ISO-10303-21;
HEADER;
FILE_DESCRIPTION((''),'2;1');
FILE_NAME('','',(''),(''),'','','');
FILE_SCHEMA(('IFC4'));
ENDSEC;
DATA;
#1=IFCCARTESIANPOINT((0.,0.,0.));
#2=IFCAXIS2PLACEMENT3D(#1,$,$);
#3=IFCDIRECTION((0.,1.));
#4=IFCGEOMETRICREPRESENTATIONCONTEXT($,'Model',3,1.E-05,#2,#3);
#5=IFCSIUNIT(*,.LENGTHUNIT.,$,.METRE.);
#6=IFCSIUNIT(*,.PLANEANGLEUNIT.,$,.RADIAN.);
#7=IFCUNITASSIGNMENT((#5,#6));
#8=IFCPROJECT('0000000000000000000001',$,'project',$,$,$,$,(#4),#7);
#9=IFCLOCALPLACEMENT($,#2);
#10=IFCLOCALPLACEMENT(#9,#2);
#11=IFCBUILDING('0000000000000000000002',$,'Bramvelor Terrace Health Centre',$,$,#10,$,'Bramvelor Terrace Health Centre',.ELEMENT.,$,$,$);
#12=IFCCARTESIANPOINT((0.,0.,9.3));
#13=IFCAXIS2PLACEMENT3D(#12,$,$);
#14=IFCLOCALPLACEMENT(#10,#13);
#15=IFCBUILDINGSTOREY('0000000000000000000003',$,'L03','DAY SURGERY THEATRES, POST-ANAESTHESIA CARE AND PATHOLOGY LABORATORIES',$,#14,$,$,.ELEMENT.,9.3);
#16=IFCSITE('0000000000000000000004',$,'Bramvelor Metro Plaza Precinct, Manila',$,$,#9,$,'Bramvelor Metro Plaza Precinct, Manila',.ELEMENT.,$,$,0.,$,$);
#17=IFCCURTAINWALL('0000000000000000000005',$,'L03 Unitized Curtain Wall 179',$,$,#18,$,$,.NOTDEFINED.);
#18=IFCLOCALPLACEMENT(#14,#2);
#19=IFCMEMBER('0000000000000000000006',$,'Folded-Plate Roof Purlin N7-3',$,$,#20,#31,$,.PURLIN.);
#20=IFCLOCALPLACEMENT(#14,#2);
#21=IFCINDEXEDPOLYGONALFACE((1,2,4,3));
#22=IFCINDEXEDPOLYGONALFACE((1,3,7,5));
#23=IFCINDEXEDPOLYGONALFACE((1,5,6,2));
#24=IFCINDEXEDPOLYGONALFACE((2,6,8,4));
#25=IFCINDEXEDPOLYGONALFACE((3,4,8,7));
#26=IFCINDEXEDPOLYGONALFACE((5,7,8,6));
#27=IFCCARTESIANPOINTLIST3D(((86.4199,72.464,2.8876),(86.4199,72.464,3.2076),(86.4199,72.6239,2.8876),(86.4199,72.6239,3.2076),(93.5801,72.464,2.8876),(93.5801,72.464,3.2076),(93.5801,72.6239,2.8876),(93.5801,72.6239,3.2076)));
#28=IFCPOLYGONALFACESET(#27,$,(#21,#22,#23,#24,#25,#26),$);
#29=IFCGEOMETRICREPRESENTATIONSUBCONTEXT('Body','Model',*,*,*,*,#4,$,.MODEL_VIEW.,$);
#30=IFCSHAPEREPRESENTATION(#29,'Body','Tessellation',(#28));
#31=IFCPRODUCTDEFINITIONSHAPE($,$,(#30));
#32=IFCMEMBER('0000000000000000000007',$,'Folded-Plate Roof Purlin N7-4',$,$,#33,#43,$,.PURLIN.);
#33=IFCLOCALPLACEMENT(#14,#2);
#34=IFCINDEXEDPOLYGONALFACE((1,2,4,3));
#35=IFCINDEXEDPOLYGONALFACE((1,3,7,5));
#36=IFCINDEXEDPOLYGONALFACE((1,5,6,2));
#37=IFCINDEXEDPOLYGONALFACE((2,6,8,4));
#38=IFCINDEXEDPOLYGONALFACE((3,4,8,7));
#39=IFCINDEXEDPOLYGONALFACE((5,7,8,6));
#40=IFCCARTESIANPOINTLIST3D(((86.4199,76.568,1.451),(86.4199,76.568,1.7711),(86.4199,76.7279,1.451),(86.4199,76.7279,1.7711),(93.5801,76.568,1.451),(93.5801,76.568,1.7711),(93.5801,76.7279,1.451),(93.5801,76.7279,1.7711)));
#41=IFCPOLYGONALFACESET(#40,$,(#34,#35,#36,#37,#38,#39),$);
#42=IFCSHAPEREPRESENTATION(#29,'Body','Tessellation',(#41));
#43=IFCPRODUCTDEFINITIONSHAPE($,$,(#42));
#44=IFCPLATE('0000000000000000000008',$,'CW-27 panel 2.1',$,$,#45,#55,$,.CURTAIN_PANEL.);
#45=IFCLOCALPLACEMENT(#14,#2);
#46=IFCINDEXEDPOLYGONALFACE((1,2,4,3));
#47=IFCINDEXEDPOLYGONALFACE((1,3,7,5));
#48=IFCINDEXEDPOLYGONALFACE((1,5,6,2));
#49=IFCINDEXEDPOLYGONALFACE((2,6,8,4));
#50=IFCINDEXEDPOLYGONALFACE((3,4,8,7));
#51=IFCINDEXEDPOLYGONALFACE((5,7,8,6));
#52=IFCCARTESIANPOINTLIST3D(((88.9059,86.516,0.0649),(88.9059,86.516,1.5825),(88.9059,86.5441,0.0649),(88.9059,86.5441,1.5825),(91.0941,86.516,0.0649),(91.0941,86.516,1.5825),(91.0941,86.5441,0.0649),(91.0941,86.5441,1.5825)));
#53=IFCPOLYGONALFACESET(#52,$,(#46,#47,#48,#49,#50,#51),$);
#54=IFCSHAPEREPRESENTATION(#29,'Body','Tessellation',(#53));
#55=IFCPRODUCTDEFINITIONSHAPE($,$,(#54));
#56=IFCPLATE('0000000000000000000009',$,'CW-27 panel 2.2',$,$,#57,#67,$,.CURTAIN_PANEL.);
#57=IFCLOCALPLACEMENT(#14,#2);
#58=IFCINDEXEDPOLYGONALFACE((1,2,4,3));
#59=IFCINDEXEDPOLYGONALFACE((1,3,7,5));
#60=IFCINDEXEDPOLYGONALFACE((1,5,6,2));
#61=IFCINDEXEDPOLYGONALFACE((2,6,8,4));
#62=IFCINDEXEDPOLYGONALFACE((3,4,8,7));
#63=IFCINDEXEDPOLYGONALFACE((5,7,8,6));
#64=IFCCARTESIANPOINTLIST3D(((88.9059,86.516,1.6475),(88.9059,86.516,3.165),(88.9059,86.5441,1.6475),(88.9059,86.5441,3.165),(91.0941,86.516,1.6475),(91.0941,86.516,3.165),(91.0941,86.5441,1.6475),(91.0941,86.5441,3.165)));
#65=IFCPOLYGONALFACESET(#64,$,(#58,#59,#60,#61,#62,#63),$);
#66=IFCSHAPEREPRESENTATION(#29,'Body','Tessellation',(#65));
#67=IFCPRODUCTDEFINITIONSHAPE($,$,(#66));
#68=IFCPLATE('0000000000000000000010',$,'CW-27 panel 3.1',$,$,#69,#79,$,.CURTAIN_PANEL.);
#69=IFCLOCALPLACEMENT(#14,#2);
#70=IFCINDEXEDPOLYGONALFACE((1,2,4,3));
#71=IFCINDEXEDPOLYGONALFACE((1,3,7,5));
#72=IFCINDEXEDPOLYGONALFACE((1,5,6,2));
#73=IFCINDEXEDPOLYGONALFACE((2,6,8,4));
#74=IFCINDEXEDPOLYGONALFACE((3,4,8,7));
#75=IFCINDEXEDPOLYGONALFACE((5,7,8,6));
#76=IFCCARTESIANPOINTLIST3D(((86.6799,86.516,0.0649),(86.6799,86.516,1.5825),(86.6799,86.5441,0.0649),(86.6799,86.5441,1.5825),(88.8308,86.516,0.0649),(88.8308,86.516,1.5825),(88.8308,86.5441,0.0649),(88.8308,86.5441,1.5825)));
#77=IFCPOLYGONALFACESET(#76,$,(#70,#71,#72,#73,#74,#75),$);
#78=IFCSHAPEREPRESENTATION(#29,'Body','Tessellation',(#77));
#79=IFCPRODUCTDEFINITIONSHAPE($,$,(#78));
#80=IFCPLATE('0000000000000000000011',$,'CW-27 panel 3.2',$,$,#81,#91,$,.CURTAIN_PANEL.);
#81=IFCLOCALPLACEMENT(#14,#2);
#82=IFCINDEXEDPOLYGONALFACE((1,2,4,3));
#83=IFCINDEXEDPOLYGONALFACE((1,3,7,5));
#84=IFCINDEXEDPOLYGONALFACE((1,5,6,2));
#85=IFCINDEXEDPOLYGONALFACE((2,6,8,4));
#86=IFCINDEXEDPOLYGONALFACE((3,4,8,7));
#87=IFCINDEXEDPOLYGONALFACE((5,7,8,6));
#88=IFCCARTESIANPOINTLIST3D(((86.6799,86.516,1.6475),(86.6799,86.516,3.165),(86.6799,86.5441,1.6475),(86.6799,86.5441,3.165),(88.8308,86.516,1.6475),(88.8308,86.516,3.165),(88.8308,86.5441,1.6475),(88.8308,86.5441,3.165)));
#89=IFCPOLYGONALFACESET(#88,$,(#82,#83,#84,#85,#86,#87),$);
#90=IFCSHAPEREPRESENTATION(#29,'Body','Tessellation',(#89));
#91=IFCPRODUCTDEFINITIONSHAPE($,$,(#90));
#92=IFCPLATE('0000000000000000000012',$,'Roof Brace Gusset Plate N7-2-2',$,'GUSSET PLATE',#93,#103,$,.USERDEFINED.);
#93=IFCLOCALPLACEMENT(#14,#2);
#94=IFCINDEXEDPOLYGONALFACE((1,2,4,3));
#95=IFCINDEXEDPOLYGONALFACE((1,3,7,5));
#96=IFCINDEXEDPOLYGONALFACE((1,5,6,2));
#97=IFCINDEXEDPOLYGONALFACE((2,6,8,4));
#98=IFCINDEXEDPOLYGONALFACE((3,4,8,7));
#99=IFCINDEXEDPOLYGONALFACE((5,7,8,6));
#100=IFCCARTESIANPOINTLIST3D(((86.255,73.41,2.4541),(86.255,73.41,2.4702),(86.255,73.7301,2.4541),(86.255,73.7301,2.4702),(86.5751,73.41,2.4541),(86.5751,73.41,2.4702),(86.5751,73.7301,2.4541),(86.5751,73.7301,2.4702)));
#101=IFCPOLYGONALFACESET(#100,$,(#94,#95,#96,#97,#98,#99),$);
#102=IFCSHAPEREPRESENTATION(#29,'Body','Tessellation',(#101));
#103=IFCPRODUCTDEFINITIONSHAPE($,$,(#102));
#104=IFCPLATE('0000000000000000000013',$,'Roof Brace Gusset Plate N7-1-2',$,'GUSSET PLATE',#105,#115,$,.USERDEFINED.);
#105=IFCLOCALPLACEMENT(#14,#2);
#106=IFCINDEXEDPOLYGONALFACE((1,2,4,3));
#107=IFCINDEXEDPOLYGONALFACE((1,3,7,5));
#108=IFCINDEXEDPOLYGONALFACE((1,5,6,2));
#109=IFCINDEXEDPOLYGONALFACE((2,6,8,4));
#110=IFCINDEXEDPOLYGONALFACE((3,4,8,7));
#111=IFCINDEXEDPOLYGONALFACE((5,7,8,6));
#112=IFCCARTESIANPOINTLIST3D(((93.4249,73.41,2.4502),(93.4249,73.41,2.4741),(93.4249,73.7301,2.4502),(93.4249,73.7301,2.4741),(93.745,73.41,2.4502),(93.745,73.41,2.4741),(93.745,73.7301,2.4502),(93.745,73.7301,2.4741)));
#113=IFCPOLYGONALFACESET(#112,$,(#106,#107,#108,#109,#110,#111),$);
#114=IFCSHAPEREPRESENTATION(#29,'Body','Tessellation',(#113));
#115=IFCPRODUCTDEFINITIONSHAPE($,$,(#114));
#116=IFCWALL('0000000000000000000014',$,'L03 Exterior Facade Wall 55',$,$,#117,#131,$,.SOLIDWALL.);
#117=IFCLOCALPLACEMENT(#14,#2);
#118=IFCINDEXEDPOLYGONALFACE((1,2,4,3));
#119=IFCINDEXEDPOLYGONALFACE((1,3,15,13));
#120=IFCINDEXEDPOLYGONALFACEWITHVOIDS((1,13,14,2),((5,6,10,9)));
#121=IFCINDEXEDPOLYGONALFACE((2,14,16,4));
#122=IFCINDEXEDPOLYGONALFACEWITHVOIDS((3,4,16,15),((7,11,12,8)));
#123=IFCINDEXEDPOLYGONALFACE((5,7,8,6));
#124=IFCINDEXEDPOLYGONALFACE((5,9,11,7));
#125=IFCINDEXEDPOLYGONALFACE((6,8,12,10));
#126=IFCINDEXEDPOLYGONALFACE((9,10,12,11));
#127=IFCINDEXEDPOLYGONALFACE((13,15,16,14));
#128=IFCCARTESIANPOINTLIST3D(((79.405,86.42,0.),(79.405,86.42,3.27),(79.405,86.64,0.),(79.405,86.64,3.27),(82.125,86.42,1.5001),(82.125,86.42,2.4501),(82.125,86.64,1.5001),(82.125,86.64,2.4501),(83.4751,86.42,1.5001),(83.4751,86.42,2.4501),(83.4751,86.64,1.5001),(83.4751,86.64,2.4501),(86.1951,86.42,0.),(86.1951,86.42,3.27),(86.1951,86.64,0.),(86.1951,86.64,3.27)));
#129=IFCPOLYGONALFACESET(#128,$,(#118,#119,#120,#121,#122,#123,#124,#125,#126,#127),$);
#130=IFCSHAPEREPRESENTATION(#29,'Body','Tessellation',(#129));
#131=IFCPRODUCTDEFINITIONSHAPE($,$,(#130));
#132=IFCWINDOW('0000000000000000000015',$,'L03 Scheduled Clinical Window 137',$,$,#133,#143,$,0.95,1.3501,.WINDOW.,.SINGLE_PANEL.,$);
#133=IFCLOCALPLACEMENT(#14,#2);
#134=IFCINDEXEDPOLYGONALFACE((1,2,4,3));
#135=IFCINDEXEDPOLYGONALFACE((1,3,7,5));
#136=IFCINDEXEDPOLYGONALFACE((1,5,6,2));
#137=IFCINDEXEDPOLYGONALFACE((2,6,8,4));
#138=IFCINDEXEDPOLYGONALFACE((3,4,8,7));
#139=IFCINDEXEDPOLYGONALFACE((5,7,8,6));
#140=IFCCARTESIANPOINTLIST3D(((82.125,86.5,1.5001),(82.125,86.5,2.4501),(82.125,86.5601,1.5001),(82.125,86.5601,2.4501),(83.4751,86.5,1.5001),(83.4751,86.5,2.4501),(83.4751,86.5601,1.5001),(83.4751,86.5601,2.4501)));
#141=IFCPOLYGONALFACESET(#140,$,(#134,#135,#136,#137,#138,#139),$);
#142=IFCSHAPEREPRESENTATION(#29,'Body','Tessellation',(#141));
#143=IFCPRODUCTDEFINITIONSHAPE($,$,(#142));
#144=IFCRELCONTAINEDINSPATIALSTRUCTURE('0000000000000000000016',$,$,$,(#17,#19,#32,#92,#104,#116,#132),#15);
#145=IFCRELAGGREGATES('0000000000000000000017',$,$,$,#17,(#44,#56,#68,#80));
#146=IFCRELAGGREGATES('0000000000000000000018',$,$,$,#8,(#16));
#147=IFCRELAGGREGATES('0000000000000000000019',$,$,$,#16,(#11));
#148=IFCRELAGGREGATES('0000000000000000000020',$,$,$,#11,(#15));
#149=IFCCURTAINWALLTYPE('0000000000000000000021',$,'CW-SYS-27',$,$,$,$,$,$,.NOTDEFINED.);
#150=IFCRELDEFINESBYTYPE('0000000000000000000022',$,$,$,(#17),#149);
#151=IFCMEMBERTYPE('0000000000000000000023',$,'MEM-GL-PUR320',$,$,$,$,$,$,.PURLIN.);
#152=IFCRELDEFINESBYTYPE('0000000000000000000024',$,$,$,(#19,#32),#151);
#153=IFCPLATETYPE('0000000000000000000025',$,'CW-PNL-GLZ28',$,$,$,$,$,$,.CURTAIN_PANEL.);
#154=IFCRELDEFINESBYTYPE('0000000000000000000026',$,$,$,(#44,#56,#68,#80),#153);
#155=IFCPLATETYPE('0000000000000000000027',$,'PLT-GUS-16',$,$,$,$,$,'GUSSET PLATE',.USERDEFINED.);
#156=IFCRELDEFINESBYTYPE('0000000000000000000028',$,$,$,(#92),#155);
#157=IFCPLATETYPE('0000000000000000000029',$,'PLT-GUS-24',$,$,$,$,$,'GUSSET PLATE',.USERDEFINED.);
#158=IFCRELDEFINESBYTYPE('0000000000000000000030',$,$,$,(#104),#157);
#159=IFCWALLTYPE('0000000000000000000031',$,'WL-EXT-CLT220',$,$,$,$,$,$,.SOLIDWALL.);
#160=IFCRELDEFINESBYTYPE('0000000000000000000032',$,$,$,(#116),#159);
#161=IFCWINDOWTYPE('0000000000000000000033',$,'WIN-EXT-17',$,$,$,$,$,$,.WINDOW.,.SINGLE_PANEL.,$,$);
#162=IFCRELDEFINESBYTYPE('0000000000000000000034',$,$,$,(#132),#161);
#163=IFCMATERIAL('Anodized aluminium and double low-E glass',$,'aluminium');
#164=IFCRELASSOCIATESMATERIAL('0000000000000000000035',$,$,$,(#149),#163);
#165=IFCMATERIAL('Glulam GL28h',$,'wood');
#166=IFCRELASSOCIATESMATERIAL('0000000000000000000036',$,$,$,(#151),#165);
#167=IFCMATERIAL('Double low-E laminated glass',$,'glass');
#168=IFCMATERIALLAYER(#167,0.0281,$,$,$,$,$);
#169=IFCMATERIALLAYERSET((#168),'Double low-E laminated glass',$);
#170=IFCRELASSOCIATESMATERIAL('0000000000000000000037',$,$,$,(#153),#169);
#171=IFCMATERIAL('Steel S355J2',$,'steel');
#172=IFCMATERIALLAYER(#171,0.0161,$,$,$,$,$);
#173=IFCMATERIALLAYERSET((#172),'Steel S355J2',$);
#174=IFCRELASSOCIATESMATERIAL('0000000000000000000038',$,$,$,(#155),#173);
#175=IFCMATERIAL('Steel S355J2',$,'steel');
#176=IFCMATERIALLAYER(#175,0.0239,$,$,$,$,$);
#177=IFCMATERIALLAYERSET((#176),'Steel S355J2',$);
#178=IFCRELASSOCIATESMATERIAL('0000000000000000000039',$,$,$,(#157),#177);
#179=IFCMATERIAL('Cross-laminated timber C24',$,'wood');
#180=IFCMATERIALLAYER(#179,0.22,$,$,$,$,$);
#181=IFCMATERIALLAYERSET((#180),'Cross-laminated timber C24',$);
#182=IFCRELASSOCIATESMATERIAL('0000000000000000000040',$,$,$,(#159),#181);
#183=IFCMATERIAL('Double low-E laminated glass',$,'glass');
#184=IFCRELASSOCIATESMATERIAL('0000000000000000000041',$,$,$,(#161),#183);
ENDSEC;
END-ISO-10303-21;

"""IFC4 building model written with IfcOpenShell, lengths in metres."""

from ifc_helpers import new_model, si_unit, direction, frame, frame_2d, origin, origin_2d, place, context, subcontext, project, spatial, rectangle, extrude, material, layer, layer_set, material_profile, profile_set, type_object, element, fill, aggregate, save


model = new_model("IFC4")

# Units and contexts
model_context = context("Model", 3, precision=1e-05, world=origin(), true_north=direction((0.0, 1.0)))
body_context = subcontext(model_context, "Body", "Model", "MODEL_VIEW")
ifc_project = project(units=[si_unit("LENGTHUNIT", "METRE"), si_unit("PLANEANGLEUNIT", "RADIAN")], contexts=[model_context])

# Site, building, storey
site_placement = place(None, origin())
site = spatial("IfcSite", under=ifc_project, at=site_placement, Name="Bramvelor Metro Plaza Precinct, Manila", LongName="Bramvelor Metro Plaza Precinct, Manila", CompositionType="ELEMENT", RefElevation=0.0)
building_placement = place(site_placement, origin())
building = spatial("IfcBuilding", under=site, at=building_placement, Name="Bramvelor Terrace Health Centre", LongName="Bramvelor Terrace Health Centre", CompositionType="ELEMENT")
storey_placement = place(building_placement, frame((0.0, 0.0, 9.3)))
storey = spatial("IfcBuildingStorey", under=building, at=storey_placement, Name="L03", Description="DAY SURGERY THEATRES, POST-ANAESTHESIA CARE AND PATHOLOGY LABORATORIES", CompositionType="ELEMENT", Elevation=9.3)

# Curtain wall
ifc_material_1 = material(Name="Anodized aluminium and double low-E glass", Category="aluminium")
curtain_wall_type = type_object("IfcCurtainWallType", Name="CW-SYS-27", PredefinedType="NOTDEFINED", material=ifc_material_1)
curtain_wall_placement = place(storey_placement, origin())
curtain_wall = element("IfcCurtainWall", 1, at=curtain_wall_placement, inside=storey, type_object=curtain_wall_type, Name="L03 Unitized Curtain Wall 179", PredefinedType="NOTDEFINED")

# Members
ifc_material_2 = material(Name="Glulam GL28h", Category="wood")
ifc_material_profile_1 = material_profile(ifc_material_2, rectangle(XDim=0.1599, YDim=0.3201, at=origin_2d()), Name="GL 160x320")
ifc_profile_set_1 = profile_set([ifc_material_profile_1], Name="Glulam GL28h")
member_type_1 = type_object("IfcMemberType", Name="MEM-GL-PUR320", PredefinedType="PURLIN", material=ifc_profile_set_1)
for number, where, z_axis, x_axis, name in (
    (2, (86.4199, 72.5439, 3.0476), (1.0, 0.0, 0.0), (0.0, 1.0, 0.0), "Folded-Plate Roof Purlin N7-3"),
    (3, (86.4199, 76.6479, 1.6111), (1.0, 0.0, 0.0), (0.0, 1.0, 0.0), "Folded-Plate Roof Purlin N7-4"),
):
    element("IfcMember", number, at=place(storey_placement, frame(where, z_axis=z_axis, x_axis=x_axis)), inside=storey, type_object=member_type_1, Name=name, PredefinedType="PURLIN", context=body_context, shape_type="SweptSolid", body=[
        extrude(rectangle(XDim=0.1599, YDim=0.3201, at=origin_2d()), origin(), (0.0, 0.0, 1.0), 7.1602),
    ])

# Plates
ifc_material_3 = material(Name="Double low-E laminated glass", Category="glass")
ifc_layer_1 = layer(ifc_material_3, 0.0281)
ifc_layer_set_1 = layer_set([ifc_layer_1], Name="Double low-E laminated glass")
plate_type_1 = type_object("IfcPlateType", Name="CW-PNL-GLZ28", PredefinedType="CURTAIN_PANEL", material=ifc_layer_set_1)
plate_1_placement = place(storey_placement, frame((90.0, 86.53, 0.0649), z_axis=(0.0, 0.0, 1.0), x_axis=(-1.0, 0.0, 0.0)))
plate_1 = element("IfcPlate", 4, at=plate_1_placement, type_object=plate_type_1, Name="CW-27 panel 2.1", PredefinedType="CURTAIN_PANEL", context=body_context, shape_type="SweptSolid", body=[
    extrude(rectangle(XDim=2.1882, YDim=0.0281, at=origin_2d()), origin(), (0.0, 0.0, 1.0), 1.5176),
])
plate_2_placement = place(storey_placement, frame((90.0, 86.53, 1.6475), z_axis=(0.0, 0.0, 1.0), x_axis=(-1.0, 0.0, 0.0)))
plate_2 = element("IfcPlate", 5, at=plate_2_placement, type_object=plate_type_1, Name="CW-27 panel 2.2", PredefinedType="CURTAIN_PANEL", context=body_context, shape_type="SweptSolid", body=[
    extrude(rectangle(XDim=2.1882, YDim=0.0281, at=origin_2d()), origin(), (0.0, 0.0, 1.0), 1.5176),
])
plate_3_placement = place(storey_placement, frame((87.7554, 86.53, 0.0649), z_axis=(0.0, 0.0, 1.0), x_axis=(-1.0, 0.0, 0.0)))
plate_3 = element("IfcPlate", 6, at=plate_3_placement, type_object=plate_type_1, Name="CW-27 panel 3.1", PredefinedType="CURTAIN_PANEL", context=body_context, shape_type="SweptSolid", body=[
    extrude(rectangle(XDim=2.1509, YDim=0.0281, at=origin_2d()), origin(), (0.0, 0.0, 1.0), 1.5176),
])
plate_4_placement = place(storey_placement, frame((87.7554, 86.53, 1.6475), z_axis=(0.0, 0.0, 1.0), x_axis=(-1.0, 0.0, 0.0)))
plate_4 = element("IfcPlate", 7, at=plate_4_placement, type_object=plate_type_1, Name="CW-27 panel 3.2", PredefinedType="CURTAIN_PANEL", context=body_context, shape_type="SweptSolid", body=[
    extrude(rectangle(XDim=2.1509, YDim=0.0281, at=origin_2d()), origin(), (0.0, 0.0, 1.0), 1.5176),
])
aggregate(curtain_wall, [plate_1, plate_2, plate_3, plate_4])

# Plates
ifc_material_4 = material(Name="Steel S355J2", Category="steel")
ifc_layer_2 = layer(ifc_material_4, 0.0161)
ifc_layer_set_2 = layer_set([ifc_layer_2], Name="Steel S355J2")
plate_type_2 = type_object("IfcPlateType", Name="PLT-GUS-16", ElementType="GUSSET PLATE", PredefinedType="USERDEFINED", material=ifc_layer_set_2)
plate_5_placement = place(storey_placement, frame((86.415, 73.5701, 2.4541), z_axis=(0.0, 0.0, 1.0), x_axis=(1.0, 0.0, 0.0)))
element("IfcPlate", 8, at=plate_5_placement, inside=storey, type_object=plate_type_2, Name="Roof Brace Gusset Plate N7-2-2", ObjectType="GUSSET PLATE", PredefinedType="USERDEFINED", context=body_context, shape_type="SweptSolid", body=[
    extrude(rectangle(XDim=0.3201, YDim=0.3201, at=origin_2d()), origin(), (0.0, 0.0, 1.0), 0.0161),
])
ifc_material_5 = material(Name="Steel S355J2", Category="steel")
ifc_layer_3 = layer(ifc_material_5, 0.0239)
ifc_layer_set_3 = layer_set([ifc_layer_3], Name="Steel S355J2")
plate_type_3 = type_object("IfcPlateType", Name="PLT-GUS-24", ElementType="GUSSET PLATE", PredefinedType="USERDEFINED", material=ifc_layer_set_3)
plate_6_placement = place(storey_placement, frame((93.585, 73.5701, 2.4502), z_axis=(0.0, 0.0, 1.0), x_axis=(1.0, 0.0, 0.0)))
element("IfcPlate", 9, at=plate_6_placement, inside=storey, type_object=plate_type_3, Name="Roof Brace Gusset Plate N7-1-2", ObjectType="GUSSET PLATE", PredefinedType="USERDEFINED", context=body_context, shape_type="SweptSolid", body=[
    extrude(rectangle(XDim=0.3201, YDim=0.3201, at=origin_2d()), origin(), (0.0, 0.0, 1.0), 0.0239),
])

# Wall, opening, window
ifc_material_6 = material(Name="Cross-laminated timber C24", Category="wood")
ifc_layer_4 = layer(ifc_material_6, 0.22)
ifc_layer_set_4 = layer_set([ifc_layer_4], Name="Cross-laminated timber C24")
wall_type = type_object("IfcWallType", Name="WL-EXT-CLT220", PredefinedType="SOLIDWALL", material=ifc_layer_set_4)
wall_placement = place(storey_placement, frame((86.1951, 86.53, 0.0), z_axis=(0.0, 0.0, 1.0), x_axis=(-1.0, 0.0, 0.0)))
wall = element("IfcWall", 10, at=wall_placement, inside=storey, type_object=wall_type, Name="L03 Exterior Facade Wall 55", PredefinedType="SOLIDWALL", context=body_context, shape_type="SweptSolid", body=[
    extrude(rectangle(XDim=6.79, YDim=0.22, at=frame_2d((3.395, 0.0))), origin(), (0.0, 0.0, 1.0), 3.27),
])
opening_placement = place(wall_placement, frame((2.72, 0.0, 1.5)))
opening = element("IfcOpeningElement", 11, at=opening_placement, cuts=wall, PredefinedType="OPENING", context=body_context, shape_type="SweptSolid", body=[
    extrude(rectangle(XDim=1.3501, YDim=0.95, at=frame_2d((0.675, 0.4751))), frame((0.0, 0.1199, 0.0), z_axis=(0.0, -1.0, 0.0), x_axis=(1.0, 0.0, 0.0)), (0.0, 0.0, 1.0), 0.24),
])
ifc_material_7 = material(Name="Double low-E laminated glass", Category="glass")
window_type = type_object("IfcWindowType", Name="WIN-EXT-17", PartitioningType="SINGLE_PANEL", PredefinedType="WINDOW", material=ifc_material_7)
window_placement = place(opening_placement, origin())
window = element("IfcWindow", 12, at=window_placement, inside=storey, type_object=window_type, Name="L03 Scheduled Clinical Window 137", OverallHeight=0.95, OverallWidth=1.3501, PartitioningType="SINGLE_PANEL", PredefinedType="WINDOW", context=body_context, shape_type="SweptSolid", body=[
    extrude(rectangle(XDim=1.3501, YDim=0.95, at=frame_2d((0.675, 0.4751))), frame((0.0, 0.03, 0.0), z_axis=(0.0, -1.0, 0.0), x_axis=(1.0, 0.0, 0.0)), (0.0, 0.0, 1.0), 0.0601),
])
fill(opening, window)

save(model, "model.ifc")
